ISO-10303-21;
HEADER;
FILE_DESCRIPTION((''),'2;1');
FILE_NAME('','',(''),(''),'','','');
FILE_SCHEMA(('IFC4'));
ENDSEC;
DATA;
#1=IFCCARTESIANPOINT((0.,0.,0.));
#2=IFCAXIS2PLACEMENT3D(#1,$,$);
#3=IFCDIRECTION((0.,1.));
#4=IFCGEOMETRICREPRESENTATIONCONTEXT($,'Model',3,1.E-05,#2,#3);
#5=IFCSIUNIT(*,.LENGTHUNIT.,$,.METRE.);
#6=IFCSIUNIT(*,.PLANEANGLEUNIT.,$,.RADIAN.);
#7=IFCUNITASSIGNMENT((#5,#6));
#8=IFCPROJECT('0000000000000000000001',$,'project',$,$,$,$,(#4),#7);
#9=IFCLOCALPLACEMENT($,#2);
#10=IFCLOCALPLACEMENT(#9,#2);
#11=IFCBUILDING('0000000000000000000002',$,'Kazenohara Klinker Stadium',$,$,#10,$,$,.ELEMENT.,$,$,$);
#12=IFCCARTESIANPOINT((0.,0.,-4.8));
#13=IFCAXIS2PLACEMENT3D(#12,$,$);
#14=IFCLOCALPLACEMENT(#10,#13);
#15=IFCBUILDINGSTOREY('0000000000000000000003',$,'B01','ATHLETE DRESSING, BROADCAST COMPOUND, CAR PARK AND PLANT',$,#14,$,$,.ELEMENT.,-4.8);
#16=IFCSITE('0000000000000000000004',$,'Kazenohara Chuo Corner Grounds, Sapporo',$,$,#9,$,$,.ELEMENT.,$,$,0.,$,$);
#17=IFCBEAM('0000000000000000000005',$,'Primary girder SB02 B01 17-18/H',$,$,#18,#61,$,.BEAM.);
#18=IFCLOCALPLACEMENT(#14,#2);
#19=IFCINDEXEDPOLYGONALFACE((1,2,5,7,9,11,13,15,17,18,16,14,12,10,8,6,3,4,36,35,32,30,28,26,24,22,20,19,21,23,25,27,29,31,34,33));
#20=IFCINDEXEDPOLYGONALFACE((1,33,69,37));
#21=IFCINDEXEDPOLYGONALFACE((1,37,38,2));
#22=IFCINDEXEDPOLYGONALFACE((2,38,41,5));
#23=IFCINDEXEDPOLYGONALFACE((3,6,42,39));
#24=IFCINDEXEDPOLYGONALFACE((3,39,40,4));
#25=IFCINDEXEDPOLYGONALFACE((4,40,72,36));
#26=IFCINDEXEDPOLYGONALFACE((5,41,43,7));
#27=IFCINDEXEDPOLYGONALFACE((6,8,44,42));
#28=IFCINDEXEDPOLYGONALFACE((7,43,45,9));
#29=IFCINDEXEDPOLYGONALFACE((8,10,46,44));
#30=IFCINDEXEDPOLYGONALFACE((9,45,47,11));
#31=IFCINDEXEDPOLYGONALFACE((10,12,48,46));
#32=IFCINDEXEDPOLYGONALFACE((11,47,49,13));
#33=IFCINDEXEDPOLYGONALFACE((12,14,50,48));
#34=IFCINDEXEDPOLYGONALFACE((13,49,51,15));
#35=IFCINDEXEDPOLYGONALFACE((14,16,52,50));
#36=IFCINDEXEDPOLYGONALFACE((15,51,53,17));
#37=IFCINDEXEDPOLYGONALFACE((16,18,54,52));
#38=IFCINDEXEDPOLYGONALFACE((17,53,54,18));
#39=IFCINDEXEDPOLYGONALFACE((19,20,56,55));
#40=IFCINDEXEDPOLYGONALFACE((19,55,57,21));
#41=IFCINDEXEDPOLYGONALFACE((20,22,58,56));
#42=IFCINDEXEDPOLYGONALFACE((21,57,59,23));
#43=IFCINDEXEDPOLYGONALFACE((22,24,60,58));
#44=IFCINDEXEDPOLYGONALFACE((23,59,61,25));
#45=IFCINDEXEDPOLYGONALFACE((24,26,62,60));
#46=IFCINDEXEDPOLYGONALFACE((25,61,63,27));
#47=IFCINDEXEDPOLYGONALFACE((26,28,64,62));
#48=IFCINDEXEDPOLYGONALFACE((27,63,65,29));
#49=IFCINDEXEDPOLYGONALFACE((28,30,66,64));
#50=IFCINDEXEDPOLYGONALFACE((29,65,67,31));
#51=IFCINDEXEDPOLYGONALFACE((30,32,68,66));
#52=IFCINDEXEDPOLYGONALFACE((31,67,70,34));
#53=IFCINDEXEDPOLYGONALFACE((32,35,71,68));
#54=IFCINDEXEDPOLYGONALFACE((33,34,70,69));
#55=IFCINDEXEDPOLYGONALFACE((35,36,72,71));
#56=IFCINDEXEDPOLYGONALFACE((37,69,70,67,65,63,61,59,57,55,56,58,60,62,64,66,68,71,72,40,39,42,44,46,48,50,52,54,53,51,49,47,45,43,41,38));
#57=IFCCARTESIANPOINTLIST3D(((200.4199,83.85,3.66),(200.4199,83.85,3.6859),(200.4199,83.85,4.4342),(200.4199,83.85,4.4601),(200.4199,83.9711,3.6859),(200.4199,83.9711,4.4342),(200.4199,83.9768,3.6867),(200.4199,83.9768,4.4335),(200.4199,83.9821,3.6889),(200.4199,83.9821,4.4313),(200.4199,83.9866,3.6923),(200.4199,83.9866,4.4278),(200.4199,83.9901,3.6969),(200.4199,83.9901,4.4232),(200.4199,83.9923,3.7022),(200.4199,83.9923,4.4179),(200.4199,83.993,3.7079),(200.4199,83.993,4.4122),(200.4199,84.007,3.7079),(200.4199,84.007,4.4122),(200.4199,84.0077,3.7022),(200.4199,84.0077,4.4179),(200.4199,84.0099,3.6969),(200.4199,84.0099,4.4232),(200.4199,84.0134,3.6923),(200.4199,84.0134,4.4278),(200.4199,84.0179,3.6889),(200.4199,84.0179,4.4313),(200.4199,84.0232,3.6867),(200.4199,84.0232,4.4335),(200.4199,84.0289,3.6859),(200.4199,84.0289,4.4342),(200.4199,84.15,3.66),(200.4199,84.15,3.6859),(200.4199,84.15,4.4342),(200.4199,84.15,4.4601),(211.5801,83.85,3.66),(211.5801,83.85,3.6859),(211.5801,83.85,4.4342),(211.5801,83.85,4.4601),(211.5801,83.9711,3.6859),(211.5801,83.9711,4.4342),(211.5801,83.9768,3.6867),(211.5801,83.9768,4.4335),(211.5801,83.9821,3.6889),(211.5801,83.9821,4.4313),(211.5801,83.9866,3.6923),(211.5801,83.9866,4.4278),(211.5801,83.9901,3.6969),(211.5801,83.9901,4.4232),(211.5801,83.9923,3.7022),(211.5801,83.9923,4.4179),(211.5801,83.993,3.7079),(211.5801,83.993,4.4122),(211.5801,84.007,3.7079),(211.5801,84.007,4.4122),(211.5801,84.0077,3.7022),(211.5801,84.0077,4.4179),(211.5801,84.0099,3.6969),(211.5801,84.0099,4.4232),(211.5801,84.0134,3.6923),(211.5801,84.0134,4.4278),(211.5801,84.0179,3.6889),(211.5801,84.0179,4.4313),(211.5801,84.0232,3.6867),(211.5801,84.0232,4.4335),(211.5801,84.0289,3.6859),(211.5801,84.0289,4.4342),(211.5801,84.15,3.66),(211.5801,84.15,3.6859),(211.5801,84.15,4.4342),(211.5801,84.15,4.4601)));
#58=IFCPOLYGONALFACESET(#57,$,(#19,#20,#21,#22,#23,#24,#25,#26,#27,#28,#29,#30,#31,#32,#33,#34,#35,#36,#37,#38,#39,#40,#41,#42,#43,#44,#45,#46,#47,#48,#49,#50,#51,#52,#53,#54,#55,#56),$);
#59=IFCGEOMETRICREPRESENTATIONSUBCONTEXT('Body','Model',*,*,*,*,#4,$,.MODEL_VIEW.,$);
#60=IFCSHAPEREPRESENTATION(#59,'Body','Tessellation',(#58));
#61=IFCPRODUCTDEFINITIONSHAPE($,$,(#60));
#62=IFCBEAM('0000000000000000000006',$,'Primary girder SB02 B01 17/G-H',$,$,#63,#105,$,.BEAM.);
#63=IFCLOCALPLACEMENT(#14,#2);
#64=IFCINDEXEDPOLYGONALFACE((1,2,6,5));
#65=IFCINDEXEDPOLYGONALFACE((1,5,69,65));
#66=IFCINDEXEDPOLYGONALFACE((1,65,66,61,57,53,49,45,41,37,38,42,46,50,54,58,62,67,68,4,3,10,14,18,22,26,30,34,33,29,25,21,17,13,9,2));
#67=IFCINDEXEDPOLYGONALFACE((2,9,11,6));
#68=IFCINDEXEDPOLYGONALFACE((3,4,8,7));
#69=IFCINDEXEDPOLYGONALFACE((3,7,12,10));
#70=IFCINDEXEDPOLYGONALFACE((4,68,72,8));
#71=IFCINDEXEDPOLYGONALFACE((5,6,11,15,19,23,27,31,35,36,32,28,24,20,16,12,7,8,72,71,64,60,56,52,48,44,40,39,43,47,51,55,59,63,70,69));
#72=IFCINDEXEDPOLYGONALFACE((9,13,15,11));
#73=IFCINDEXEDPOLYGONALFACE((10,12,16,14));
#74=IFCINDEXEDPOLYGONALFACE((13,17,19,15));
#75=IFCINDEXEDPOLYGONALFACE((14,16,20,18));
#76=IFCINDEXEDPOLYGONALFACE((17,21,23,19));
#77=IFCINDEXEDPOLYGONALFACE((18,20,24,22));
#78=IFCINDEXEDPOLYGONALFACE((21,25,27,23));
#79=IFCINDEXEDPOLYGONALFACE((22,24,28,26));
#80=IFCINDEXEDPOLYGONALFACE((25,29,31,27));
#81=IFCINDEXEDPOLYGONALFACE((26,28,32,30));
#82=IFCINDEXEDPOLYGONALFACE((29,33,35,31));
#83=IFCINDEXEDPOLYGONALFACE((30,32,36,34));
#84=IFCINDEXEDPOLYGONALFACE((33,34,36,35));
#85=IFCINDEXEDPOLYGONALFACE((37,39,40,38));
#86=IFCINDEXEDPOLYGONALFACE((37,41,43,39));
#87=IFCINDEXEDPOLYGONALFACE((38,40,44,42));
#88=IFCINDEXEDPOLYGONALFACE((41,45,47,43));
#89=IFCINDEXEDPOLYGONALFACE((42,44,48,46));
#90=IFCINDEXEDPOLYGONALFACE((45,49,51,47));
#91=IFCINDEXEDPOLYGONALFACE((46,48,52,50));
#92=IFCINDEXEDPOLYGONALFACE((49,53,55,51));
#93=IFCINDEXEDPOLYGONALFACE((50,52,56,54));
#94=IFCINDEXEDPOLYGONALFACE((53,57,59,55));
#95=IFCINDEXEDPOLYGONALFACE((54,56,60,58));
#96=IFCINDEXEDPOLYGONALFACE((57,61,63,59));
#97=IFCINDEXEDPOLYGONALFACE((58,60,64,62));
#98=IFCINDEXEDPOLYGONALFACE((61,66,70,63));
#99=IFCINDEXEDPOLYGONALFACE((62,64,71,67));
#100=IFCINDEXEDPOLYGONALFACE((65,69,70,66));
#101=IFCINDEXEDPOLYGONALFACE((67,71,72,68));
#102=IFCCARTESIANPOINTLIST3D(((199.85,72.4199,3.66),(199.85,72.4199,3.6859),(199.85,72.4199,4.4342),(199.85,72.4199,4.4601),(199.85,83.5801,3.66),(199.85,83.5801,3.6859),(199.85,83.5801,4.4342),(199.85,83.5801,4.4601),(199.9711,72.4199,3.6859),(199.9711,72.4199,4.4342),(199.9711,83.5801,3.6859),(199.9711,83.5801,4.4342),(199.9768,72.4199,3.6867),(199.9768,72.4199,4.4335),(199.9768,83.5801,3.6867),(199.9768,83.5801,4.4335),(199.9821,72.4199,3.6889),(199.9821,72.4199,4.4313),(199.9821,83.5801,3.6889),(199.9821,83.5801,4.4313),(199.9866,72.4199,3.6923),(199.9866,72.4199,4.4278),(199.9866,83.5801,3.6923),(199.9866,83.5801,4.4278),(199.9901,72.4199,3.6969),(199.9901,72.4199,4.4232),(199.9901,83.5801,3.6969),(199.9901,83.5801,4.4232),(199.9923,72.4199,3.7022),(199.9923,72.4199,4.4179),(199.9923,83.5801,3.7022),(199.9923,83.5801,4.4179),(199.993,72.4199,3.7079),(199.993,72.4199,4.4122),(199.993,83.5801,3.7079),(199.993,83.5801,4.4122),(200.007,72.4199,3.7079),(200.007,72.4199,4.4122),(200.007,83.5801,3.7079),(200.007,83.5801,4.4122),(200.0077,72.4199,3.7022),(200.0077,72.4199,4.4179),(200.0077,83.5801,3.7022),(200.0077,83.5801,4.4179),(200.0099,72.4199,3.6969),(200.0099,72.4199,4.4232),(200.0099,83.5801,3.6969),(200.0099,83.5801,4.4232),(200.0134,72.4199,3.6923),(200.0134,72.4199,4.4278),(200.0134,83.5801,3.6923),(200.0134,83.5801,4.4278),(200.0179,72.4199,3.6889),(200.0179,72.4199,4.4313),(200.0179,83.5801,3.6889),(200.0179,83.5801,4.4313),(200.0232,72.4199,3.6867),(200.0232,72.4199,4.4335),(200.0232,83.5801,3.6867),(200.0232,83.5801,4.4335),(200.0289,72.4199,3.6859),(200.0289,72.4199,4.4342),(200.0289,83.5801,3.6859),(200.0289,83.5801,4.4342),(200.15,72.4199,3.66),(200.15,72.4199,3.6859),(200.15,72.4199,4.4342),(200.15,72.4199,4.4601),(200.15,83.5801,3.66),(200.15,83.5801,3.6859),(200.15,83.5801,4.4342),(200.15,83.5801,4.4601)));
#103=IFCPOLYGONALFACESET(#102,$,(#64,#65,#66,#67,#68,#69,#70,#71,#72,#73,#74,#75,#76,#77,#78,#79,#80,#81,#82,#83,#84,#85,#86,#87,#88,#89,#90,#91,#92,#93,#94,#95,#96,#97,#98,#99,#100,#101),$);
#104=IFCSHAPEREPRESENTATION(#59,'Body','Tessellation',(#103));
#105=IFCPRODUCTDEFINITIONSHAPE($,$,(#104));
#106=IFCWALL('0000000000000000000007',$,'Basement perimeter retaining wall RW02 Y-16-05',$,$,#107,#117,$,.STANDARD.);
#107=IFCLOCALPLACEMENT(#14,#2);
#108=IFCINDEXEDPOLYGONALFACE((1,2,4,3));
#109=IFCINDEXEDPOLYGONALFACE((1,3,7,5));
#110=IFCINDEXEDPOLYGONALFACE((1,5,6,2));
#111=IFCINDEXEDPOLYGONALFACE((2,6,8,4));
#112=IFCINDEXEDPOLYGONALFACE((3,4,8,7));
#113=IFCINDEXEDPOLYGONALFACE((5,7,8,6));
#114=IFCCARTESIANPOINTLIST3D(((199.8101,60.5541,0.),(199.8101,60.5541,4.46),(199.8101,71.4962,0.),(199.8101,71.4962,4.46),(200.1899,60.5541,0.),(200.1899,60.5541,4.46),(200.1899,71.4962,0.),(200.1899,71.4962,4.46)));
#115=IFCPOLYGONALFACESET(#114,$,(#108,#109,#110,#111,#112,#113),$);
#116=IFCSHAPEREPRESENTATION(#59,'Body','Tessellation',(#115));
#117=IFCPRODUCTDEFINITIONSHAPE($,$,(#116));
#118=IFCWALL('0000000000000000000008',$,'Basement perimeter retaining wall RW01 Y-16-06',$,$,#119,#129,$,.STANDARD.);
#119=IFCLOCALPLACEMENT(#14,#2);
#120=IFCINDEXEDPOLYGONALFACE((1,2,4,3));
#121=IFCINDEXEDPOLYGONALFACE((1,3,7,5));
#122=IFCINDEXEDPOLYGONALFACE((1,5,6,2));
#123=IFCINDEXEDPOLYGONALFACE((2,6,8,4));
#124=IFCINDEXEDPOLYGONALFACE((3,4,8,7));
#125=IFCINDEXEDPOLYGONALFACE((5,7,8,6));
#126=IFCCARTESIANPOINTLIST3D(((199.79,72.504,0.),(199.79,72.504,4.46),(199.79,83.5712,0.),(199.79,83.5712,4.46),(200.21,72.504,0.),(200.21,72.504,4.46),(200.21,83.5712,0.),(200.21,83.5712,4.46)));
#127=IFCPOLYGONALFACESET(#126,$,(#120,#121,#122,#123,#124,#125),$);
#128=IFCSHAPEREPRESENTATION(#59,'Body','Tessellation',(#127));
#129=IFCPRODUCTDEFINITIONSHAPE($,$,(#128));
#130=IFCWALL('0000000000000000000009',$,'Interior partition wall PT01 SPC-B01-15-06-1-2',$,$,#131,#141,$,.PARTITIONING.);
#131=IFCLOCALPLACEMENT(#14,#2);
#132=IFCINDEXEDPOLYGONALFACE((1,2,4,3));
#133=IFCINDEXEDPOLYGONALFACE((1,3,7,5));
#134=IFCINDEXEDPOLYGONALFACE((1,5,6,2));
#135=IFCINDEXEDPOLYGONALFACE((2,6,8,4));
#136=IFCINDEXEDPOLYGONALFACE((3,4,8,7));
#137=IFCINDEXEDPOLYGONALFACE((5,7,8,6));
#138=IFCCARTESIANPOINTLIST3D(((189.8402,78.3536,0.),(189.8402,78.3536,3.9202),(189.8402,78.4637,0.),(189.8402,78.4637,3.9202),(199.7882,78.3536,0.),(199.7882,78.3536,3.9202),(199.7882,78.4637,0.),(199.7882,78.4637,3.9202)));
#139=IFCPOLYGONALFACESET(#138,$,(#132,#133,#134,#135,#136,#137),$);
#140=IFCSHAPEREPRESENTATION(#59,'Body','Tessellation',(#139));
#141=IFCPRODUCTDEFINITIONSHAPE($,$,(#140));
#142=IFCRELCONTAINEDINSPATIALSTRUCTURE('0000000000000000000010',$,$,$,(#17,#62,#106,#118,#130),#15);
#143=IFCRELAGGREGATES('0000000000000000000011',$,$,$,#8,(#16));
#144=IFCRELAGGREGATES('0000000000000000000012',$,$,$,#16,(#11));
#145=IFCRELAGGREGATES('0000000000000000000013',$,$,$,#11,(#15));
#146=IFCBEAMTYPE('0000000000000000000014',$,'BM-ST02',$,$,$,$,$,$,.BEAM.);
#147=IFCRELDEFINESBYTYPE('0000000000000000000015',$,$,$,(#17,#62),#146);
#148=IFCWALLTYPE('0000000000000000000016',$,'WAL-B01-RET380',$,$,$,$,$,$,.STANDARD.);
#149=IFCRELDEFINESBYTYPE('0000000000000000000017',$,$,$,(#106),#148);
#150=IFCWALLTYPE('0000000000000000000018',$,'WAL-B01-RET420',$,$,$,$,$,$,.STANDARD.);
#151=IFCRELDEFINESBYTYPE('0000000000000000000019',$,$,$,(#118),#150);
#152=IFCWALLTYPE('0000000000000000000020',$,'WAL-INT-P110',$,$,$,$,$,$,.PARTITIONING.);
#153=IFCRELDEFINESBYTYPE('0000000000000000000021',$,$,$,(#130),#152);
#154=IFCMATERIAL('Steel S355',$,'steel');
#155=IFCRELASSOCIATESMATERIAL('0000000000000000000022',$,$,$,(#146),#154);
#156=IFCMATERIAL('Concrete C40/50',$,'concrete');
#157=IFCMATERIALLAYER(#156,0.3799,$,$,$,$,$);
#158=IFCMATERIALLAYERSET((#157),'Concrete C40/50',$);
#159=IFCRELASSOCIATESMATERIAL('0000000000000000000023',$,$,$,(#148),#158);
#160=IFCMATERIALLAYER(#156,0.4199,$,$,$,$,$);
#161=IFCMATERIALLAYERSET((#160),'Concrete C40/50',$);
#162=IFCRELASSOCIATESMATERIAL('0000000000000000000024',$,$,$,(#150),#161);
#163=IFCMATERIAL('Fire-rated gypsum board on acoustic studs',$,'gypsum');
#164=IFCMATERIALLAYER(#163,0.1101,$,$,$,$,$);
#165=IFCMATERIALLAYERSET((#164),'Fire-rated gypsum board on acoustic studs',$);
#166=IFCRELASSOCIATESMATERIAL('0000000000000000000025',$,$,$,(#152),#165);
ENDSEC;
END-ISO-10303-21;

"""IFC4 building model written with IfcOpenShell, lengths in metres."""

from ifc_helpers import new_model, si_unit, direction, frame, frame_2d, origin, origin_2d, place, context, subcontext, project, spatial, rectangle, i_section, extrude, material, layer, layer_set, material_profile, profile_set, type_object, element, save


model = new_model("IFC4")

# Units and contexts
model_context = context("Model", 3, precision=1e-05, world=origin(), true_north=direction((0.0, 1.0)))
body_context = subcontext(model_context, "Body", "Model", "MODEL_VIEW")
ifc_project = project(units=[si_unit("LENGTHUNIT", "METRE"), si_unit("PLANEANGLEUNIT", "RADIAN")], contexts=[model_context])

# Site, building, storey
site_placement = place(None, origin())
site = spatial("IfcSite", under=ifc_project, at=site_placement, Name="Kazenohara Chuo Corner Grounds, Sapporo", CompositionType="ELEMENT", RefElevation=0.0)
building_placement = place(site_placement, origin())
building = spatial("IfcBuilding", under=site, at=building_placement, Name="Kazenohara Klinker Stadium", CompositionType="ELEMENT")
storey_placement = place(building_placement, frame((0.0, 0.0, -4.8)))
storey = spatial("IfcBuildingStorey", under=building, at=storey_placement, Name="B01", Description="ATHLETE DRESSING, BROADCAST COMPOUND, CAR PARK AND PLANT", CompositionType="ELEMENT", Elevation=-4.8)

# Shared definitions
ifc_material_1 = material(Name="Concrete C40/50", Category="concrete")

# Beams
ifc_material_2 = material(Name="Steel S355", Category="steel")
ifc_material_profile_1 = material_profile(ifc_material_2, i_section(OverallWidth=0.3, OverallDepth=0.8, WebThickness=0.0139, FlangeThickness=0.0259, FilletRadius=0.022, at=origin_2d()), Name="H-800x300x14x26")
ifc_profile_set_1 = profile_set([ifc_material_profile_1], Name="Steel S355")
beam_type_1 = type_object("IfcBeamType", Name="BM-ST02", PredefinedType="BEAM", material=ifc_profile_set_1)
for number, where, z_axis, x_axis, name in (
    (1, (200.4199, 84.0, 4.0601), (1.0, 0.0, 0.0), (0.0, 1.0, 0.0), "Primary girder SB02 B01 17-18/H"),
    (2, (200.0, 72.4199, 4.0601), (0.0, 1.0, 0.0), (-1.0, 0.0, 0.0), "Primary girder SB02 B01 17/G-H"),
):
    element("IfcBeam", number, at=place(storey_placement, frame(where, z_axis=z_axis, x_axis=x_axis)), inside=storey, type_object=beam_type_1, Name=name, PredefinedType="BEAM", context=body_context, shape_type="SweptSolid", body=[
        extrude(i_section(OverallWidth=0.3, OverallDepth=0.8, WebThickness=0.0139, FlangeThickness=0.0259, FilletRadius=0.022, at=origin_2d()), origin(), (0.0, 0.0, 1.0), 11.1602),
    ])

# Walls
ifc_layer_1 = layer(ifc_material_1, 0.3799)
ifc_layer_set_1 = layer_set([ifc_layer_1], Name="Concrete C40/50")
wall_type_1 = type_object("IfcWallType", Name="WAL-B01-RET380", PredefinedType="STANDARD", material=ifc_layer_set_1)
wall_1_placement = place(storey_placement, frame((200.0, 60.554, 0.0), z_axis=(0.0, 0.0, 1.0), x_axis=(0.0, 1.0, 0.0)))
element("IfcWall", 3, at=wall_1_placement, inside=storey, type_object=wall_type_1, Name="Basement perimeter retaining wall RW02 Y-16-05", PredefinedType="STANDARD", context=body_context, shape_type="SweptSolid", body=[
    extrude(rectangle(XDim=10.9421, YDim=0.3799, at=frame_2d((5.4712, 0.0))), origin(), (0.0, 0.0, 1.0), 4.46),
])
ifc_layer_2 = layer(ifc_material_1, 0.4199)
ifc_layer_set_2 = layer_set([ifc_layer_2], Name="Concrete C40/50")
wall_type_2 = type_object("IfcWallType", Name="WAL-B01-RET420", PredefinedType="STANDARD", material=ifc_layer_set_2)
wall_2_placement = place(storey_placement, frame((200.0, 72.5039, 0.0), z_axis=(0.0, 0.0, 1.0), x_axis=(0.0, 1.0, 0.0)))
element("IfcWall", 4, at=wall_2_placement, inside=storey, type_object=wall_type_2, Name="Basement perimeter retaining wall RW01 Y-16-06", PredefinedType="STANDARD", context=body_context, shape_type="SweptSolid", body=[
    extrude(rectangle(XDim=11.0671, YDim=0.4199, at=frame_2d((5.5337, 0.0))), origin(), (0.0, 0.0, 1.0), 4.46),
])
ifc_material_3 = material(Name="Fire-rated gypsum board on acoustic studs", Category="gypsum")
ifc_layer_3 = layer(ifc_material_3, 0.1101)
ifc_layer_set_3 = layer_set([ifc_layer_3], Name="Fire-rated gypsum board on acoustic studs")
wall_type_3 = type_object("IfcWallType", Name="WAL-INT-P110", PredefinedType="PARTITIONING", material=ifc_layer_set_3)
wall_3_placement = place(storey_placement, frame((189.8401, 78.4087, 0.0), z_axis=(0.0, 0.0, 1.0), x_axis=(1.0, 0.0, 0.0)))
element("IfcWall", 5, at=wall_3_placement, inside=storey, type_object=wall_type_3, Name="Interior partition wall PT01 SPC-B01-15-06-1-2", PredefinedType="PARTITIONING", context=body_context, shape_type="SweptSolid", body=[
    extrude(rectangle(XDim=9.948, YDim=0.1101, at=frame_2d((4.9741, 0.0))), origin(), (0.0, 0.0, 1.0), 3.9202),
])

save(model, "model.ifc")
